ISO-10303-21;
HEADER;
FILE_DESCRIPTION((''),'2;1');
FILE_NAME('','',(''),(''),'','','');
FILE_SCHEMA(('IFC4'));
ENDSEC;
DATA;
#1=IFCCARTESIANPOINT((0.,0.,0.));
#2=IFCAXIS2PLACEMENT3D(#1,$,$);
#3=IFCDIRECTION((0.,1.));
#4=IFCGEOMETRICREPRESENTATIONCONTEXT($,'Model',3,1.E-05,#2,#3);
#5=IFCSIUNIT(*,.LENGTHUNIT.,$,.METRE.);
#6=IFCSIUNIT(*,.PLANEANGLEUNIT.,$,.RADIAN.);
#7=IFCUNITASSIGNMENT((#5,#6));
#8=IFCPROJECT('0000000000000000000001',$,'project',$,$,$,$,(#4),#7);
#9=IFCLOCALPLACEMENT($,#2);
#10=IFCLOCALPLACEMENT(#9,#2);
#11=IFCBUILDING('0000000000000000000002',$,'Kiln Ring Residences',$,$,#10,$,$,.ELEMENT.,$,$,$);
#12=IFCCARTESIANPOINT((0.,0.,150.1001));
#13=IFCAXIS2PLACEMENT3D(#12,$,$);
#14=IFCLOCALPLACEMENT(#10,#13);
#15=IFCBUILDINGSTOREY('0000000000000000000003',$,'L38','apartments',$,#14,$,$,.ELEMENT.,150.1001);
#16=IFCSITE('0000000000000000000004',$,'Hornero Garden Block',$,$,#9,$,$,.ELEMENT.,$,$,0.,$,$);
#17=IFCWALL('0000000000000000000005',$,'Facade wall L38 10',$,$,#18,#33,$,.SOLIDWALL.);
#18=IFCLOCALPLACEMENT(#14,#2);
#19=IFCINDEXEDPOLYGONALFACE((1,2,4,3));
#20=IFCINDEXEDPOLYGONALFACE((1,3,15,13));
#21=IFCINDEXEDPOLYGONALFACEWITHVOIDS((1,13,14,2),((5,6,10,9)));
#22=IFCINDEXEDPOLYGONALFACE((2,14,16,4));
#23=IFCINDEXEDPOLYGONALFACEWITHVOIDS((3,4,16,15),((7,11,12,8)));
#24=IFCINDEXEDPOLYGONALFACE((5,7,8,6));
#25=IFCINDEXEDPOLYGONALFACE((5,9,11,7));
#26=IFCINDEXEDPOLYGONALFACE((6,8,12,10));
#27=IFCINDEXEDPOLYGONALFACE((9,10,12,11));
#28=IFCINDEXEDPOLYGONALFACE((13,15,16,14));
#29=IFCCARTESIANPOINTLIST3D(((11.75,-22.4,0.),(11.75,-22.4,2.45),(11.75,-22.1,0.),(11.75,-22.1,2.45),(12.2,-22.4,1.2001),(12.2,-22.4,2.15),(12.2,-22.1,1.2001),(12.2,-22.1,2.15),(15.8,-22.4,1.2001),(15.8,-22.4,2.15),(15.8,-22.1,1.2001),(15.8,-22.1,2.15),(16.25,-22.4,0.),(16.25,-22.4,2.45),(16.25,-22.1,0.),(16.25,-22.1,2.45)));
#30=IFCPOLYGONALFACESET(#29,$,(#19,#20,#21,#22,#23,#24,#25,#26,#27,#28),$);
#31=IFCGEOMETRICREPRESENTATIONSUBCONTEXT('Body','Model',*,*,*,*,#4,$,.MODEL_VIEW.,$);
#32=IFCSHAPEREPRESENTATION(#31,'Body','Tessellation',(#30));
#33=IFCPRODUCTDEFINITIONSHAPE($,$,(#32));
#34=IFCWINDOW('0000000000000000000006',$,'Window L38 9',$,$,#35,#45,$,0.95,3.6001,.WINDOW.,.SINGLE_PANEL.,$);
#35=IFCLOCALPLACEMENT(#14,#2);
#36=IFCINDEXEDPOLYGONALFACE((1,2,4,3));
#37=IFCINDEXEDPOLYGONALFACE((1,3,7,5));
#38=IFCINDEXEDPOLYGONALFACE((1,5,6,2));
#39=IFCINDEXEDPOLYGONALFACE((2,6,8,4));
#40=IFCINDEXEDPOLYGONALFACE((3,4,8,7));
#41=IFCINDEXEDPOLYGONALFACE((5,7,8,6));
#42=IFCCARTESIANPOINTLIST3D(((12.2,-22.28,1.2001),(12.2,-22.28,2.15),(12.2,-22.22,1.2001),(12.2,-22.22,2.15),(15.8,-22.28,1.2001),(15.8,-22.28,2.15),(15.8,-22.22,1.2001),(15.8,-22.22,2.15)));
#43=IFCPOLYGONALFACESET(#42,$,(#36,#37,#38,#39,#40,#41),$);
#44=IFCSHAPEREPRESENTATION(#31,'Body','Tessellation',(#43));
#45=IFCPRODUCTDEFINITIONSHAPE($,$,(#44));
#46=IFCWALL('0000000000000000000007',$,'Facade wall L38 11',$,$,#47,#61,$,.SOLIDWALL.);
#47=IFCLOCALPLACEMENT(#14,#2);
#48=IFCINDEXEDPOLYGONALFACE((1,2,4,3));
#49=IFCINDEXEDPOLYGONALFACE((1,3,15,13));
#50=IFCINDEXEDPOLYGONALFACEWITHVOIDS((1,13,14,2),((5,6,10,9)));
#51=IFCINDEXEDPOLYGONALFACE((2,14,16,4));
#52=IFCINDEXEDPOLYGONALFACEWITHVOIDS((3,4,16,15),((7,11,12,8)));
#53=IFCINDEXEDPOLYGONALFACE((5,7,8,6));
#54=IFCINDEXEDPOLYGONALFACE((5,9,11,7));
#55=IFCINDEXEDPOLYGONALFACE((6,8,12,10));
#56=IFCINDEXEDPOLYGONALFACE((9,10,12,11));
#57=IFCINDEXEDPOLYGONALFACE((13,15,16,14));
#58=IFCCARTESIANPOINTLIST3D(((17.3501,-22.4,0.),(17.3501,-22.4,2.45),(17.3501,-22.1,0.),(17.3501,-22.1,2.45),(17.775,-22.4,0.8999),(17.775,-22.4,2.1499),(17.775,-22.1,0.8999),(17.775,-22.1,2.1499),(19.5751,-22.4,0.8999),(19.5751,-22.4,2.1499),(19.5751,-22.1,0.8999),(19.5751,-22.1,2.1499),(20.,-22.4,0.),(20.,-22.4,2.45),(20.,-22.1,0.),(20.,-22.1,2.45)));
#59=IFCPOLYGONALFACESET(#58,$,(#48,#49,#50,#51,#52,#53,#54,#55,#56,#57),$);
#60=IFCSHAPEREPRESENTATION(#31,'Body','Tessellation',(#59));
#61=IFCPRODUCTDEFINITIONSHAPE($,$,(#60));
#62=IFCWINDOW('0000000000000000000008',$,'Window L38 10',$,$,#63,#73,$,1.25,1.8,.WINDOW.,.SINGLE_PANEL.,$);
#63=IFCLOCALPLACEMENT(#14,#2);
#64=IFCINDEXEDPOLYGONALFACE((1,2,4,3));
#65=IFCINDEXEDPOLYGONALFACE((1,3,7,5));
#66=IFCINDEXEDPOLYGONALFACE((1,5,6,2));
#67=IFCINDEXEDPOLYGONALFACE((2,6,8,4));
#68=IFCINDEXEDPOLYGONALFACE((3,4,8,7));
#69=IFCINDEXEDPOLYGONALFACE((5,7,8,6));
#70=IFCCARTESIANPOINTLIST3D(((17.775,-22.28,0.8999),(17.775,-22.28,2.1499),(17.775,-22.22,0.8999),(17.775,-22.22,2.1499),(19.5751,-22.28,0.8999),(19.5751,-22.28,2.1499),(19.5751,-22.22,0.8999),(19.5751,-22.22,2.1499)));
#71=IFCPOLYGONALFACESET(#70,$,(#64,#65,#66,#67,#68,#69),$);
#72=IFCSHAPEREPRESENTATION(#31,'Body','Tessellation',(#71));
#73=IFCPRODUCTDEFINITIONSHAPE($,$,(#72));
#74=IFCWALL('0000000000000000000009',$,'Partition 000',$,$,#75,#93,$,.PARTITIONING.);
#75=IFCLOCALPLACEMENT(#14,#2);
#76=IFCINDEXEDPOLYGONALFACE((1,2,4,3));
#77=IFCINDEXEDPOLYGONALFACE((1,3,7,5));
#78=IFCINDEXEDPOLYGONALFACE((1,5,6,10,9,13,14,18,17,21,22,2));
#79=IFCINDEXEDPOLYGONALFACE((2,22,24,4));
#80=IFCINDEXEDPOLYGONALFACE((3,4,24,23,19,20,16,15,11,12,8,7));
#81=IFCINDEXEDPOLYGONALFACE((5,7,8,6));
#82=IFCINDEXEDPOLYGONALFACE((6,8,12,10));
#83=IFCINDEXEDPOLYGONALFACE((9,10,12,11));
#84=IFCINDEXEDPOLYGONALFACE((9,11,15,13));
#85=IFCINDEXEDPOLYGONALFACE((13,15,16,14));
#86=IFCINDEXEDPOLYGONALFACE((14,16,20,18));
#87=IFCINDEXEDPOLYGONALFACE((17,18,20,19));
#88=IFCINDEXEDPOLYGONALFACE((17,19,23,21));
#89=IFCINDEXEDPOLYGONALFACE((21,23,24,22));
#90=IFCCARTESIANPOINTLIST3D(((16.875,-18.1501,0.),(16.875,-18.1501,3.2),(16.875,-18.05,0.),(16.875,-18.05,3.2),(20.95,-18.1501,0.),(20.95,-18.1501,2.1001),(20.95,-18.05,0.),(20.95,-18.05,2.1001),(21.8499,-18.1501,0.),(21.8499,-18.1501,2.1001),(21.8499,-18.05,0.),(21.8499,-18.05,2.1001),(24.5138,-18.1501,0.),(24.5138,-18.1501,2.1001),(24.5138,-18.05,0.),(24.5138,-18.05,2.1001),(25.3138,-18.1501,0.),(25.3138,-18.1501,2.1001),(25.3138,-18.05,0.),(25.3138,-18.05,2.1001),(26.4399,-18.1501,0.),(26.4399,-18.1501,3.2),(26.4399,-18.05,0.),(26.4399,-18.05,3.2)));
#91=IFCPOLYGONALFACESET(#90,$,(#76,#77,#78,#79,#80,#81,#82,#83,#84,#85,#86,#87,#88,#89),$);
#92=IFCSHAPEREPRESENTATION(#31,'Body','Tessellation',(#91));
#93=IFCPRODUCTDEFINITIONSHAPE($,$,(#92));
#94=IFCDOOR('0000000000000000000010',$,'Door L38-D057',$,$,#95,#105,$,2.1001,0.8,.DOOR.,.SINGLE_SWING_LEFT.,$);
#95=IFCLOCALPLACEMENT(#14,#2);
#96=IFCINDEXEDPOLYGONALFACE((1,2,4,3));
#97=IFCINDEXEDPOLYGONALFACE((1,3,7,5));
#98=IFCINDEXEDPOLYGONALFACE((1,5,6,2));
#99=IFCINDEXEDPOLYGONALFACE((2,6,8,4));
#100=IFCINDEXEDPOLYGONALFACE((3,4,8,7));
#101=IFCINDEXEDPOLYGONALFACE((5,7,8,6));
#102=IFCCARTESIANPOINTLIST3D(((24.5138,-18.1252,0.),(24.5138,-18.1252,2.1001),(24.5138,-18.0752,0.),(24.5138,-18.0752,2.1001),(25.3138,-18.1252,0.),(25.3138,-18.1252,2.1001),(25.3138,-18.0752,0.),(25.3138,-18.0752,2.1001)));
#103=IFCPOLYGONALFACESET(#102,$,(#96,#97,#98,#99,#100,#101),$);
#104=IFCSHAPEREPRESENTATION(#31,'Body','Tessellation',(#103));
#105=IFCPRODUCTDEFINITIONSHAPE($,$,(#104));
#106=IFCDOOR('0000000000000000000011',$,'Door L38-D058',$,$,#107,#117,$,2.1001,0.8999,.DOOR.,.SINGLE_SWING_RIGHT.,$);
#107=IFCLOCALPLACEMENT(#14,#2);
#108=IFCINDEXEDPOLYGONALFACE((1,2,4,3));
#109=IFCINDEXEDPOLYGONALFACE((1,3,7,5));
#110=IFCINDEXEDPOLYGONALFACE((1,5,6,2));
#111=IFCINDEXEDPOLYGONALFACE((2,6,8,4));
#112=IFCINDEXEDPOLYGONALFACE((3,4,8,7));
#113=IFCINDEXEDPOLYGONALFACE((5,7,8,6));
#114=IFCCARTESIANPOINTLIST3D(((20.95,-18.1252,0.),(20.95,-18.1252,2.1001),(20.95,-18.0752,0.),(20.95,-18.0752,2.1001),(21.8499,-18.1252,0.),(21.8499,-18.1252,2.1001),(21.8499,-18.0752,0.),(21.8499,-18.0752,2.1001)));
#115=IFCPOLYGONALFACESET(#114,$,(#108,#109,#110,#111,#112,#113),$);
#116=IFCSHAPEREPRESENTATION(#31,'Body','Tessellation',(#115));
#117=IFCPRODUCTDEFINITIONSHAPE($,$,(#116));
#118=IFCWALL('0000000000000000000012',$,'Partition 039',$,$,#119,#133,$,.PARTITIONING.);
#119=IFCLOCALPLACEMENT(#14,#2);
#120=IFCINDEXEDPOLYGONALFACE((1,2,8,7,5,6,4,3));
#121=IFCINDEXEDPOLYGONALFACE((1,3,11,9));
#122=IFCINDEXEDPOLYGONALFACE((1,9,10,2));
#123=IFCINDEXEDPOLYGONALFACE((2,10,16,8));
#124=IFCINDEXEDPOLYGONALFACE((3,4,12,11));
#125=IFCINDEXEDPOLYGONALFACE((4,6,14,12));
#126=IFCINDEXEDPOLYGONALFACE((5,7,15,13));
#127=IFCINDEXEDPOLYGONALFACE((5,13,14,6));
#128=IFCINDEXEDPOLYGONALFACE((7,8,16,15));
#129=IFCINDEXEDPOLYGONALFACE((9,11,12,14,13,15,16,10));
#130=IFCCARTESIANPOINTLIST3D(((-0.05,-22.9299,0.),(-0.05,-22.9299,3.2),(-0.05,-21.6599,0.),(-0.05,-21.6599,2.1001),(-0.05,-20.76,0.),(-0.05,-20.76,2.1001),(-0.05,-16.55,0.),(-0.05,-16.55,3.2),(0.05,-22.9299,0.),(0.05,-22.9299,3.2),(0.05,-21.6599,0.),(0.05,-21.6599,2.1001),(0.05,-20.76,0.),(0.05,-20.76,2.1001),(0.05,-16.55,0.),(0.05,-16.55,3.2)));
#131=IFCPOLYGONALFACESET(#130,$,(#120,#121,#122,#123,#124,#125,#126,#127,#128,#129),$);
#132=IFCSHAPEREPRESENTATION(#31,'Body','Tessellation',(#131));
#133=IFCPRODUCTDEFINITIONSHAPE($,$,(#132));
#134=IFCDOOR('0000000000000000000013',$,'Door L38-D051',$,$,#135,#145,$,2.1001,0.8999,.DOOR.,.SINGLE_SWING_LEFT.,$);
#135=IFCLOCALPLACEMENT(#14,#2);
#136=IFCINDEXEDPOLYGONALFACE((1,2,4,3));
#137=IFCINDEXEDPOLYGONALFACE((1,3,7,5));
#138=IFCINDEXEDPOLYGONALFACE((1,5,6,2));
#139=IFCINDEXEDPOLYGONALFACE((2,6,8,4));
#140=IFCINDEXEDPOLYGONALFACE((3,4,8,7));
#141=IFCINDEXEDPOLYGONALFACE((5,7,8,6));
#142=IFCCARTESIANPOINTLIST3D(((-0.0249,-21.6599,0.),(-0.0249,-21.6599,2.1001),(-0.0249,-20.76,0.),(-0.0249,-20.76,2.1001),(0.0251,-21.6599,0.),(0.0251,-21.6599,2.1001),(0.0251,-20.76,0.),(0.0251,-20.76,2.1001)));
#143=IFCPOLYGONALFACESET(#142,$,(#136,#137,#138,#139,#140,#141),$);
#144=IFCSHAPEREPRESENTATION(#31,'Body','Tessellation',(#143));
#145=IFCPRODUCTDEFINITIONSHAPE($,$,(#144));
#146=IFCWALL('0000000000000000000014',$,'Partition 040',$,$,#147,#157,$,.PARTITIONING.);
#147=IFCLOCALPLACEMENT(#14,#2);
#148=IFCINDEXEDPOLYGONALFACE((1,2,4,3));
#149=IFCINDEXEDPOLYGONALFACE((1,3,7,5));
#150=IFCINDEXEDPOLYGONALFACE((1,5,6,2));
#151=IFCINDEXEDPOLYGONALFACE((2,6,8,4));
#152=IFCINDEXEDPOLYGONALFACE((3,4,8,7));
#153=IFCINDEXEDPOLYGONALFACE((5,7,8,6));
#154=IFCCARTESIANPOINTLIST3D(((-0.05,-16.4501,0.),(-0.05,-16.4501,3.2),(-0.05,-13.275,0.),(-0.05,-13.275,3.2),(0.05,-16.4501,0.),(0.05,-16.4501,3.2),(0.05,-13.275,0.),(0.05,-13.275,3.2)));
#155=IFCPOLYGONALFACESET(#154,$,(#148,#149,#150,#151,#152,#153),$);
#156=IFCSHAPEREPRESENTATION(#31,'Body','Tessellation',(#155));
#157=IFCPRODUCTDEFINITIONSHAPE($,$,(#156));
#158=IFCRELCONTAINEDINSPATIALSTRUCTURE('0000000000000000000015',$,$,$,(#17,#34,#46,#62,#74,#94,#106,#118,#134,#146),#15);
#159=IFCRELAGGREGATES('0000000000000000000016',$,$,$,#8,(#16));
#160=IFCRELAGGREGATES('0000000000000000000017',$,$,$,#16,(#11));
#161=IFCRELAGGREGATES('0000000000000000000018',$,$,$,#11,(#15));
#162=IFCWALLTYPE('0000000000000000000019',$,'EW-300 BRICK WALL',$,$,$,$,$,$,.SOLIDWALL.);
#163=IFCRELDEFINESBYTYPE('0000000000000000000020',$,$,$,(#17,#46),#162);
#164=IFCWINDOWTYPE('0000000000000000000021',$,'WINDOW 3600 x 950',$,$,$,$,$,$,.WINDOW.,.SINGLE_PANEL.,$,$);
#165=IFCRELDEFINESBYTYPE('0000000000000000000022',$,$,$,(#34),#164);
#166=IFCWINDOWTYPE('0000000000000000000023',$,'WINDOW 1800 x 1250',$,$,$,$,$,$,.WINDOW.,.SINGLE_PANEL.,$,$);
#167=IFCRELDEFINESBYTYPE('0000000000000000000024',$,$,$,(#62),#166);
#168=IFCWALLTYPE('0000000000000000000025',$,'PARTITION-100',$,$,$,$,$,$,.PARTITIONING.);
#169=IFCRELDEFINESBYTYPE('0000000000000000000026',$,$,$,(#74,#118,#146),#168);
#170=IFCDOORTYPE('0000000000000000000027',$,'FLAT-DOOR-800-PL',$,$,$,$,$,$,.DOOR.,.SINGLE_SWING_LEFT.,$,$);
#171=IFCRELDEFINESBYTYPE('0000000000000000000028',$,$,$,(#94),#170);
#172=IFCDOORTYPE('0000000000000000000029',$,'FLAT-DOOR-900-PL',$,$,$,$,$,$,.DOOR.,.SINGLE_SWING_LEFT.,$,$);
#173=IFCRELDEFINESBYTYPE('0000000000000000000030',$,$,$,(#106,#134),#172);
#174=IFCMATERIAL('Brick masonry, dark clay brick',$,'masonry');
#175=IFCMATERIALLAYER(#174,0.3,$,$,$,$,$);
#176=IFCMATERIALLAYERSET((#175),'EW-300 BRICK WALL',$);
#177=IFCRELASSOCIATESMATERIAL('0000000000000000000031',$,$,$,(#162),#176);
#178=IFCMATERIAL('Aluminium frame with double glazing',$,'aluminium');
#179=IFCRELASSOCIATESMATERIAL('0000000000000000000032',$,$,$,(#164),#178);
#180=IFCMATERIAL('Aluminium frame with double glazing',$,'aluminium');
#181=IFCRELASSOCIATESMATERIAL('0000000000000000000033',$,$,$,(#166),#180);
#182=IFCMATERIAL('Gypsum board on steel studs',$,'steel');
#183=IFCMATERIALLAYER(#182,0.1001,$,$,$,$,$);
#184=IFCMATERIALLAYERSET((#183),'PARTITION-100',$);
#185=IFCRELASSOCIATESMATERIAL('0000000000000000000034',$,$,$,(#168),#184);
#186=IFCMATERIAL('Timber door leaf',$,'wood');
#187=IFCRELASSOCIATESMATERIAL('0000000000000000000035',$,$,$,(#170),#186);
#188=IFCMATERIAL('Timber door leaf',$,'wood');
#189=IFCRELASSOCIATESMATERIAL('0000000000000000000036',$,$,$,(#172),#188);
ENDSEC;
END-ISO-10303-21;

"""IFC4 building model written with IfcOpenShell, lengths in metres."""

from ifc_helpers import new_model, si_unit, direction, frame, frame_2d, origin, place, context, subcontext, project, spatial, rectangle, extrude, material, layer, layer_set, type_object, element, fill, save


model = new_model("IFC4")

# Units and contexts
model_context = context("Model", 3, precision=1e-05, world=origin(), true_north=direction((0.0, 1.0)))
body_context = subcontext(model_context, "Body", "Model", "MODEL_VIEW")
ifc_project = project(units=[si_unit("LENGTHUNIT", "METRE"), si_unit("PLANEANGLEUNIT", "RADIAN")], contexts=[model_context])

# Site, building, storey
site_placement = place(None, origin())
site = spatial("IfcSite", under=ifc_project, at=site_placement, Name="Hornero Garden Block", CompositionType="ELEMENT", RefElevation=0.0)
building_placement = place(site_placement, origin())
building = spatial("IfcBuilding", under=site, at=building_placement, Name="Kiln Ring Residences", CompositionType="ELEMENT")
storey_placement = place(building_placement, frame((0.0, 0.0, 150.1001)))
storey = spatial("IfcBuildingStorey", under=building, at=storey_placement, Name="L38", Description="apartments", CompositionType="ELEMENT", Elevation=150.1001)

# Walls, openings, windows
ifc_material_1 = material(Name="Brick masonry, dark clay brick", Category="masonry")
ifc_layer_1 = layer(ifc_material_1, 0.3)
ifc_layer_set_1 = layer_set([ifc_layer_1], Name="EW-300 BRICK WALL")
wall_type_1 = type_object("IfcWallType", Name="EW-300 BRICK WALL", PredefinedType="SOLIDWALL", material=ifc_layer_set_1)
ifc_material_2 = material(Name="Aluminium frame with double glazing", Category="aluminium")
window_type_1 = type_object("IfcWindowType", Name="WINDOW 3600 x 950", PartitioningType="SINGLE_PANEL", PredefinedType="WINDOW", material=ifc_material_2)
wall_1_placement = place(storey_placement, frame((11.75, -22.25, 0.0), z_axis=(0.0, 0.0, 1.0), x_axis=(1.0, 0.0, 0.0)))
wall_1 = element("IfcWall", 1, at=wall_1_placement, inside=storey, type_object=wall_type_1, Name="Facade wall L38 10", PredefinedType="SOLIDWALL", context=body_context, shape_type="SweptSolid", body=[
    extrude(rectangle(XDim=4.5, YDim=0.3, at=frame_2d((2.25, 0.0))), origin(), (0.0, 0.0, 1.0), 2.45),
])
opening_1_placement = place(wall_1_placement, frame((0.45, 0.0, 1.2)))
opening_1 = element("IfcOpeningElement", 2, at=opening_1_placement, cuts=wall_1, PredefinedType="OPENING", context=body_context, shape_type="SweptSolid", body=[
    extrude(rectangle(XDim=3.6001, YDim=0.95, at=frame_2d((1.8, 0.4751))), frame((0.0, 0.1599, 0.0), z_axis=(0.0, -1.0, 0.0), x_axis=(1.0, 0.0, 0.0)), (0.0, 0.0, 1.0), 0.3201),
])
window_1_placement = place(opening_1_placement, origin())
window_1 = element("IfcWindow", 3, at=window_1_placement, inside=storey, type_object=window_type_1, Name="Window L38 9", OverallHeight=0.95, OverallWidth=3.6001, PartitioningType="SINGLE_PANEL", PredefinedType="WINDOW", context=body_context, shape_type="SweptSolid", body=[
    extrude(rectangle(XDim=3.6001, YDim=0.95, at=frame_2d((1.8, 0.4751))), frame((0.0, 0.03, 0.0), z_axis=(0.0, -1.0, 0.0), x_axis=(1.0, 0.0, 0.0)), (0.0, 0.0, 1.0), 0.0601),
])
fill(opening_1, window_1)
wall_2_placement = place(storey_placement, frame((17.3501, -22.25, 0.0), z_axis=(0.0, 0.0, 1.0), x_axis=(1.0, 0.0, 0.0)))
wall_2 = element("IfcWall", 4, at=wall_2_placement, inside=storey, type_object=wall_type_1, Name="Facade wall L38 11", PredefinedType="SOLIDWALL", context=body_context, shape_type="SweptSolid", body=[
    extrude(rectangle(XDim=2.6499, YDim=0.3, at=frame_2d((1.325, 0.0))), origin(), (0.0, 0.0, 1.0), 2.45),
])
opening_2_placement = place(wall_2_placement, frame((0.425, 0.0, 0.8999)))
opening_2 = element("IfcOpeningElement", 5, at=opening_2_placement, cuts=wall_2, PredefinedType="OPENING", context=body_context, shape_type="SweptSolid", body=[
    extrude(rectangle(XDim=1.8, YDim=1.25, at=frame_2d((0.8999, 0.625))), frame((0.0, 0.1599, 0.0), z_axis=(0.0, -1.0, 0.0), x_axis=(1.0, 0.0, 0.0)), (0.0, 0.0, 1.0), 0.3201),
])
ifc_material_3 = material(Name="Aluminium frame with double glazing", Category="aluminium")
window_type_2 = type_object("IfcWindowType", Name="WINDOW 1800 x 1250", PartitioningType="SINGLE_PANEL", PredefinedType="WINDOW", material=ifc_material_3)
window_2_placement = place(opening_2_placement, origin())
window_2 = element("IfcWindow", 6, at=window_2_placement, inside=storey, type_object=window_type_2, Name="Window L38 10", OverallHeight=1.25, OverallWidth=1.8, PartitioningType="SINGLE_PANEL", PredefinedType="WINDOW", context=body_context, shape_type="SweptSolid", body=[
    extrude(rectangle(XDim=1.8, YDim=1.25, at=frame_2d((0.8999, 0.625))), frame((0.0, 0.03, 0.0), z_axis=(0.0, -1.0, 0.0), x_axis=(1.0, 0.0, 0.0)), (0.0, 0.0, 1.0), 0.0601),
])
fill(opening_2, window_2)

# Wall, openings, doors
ifc_material_4 = material(Name="Gypsum board on steel studs", Category="steel")
ifc_layer_2 = layer(ifc_material_4, 0.1001)
ifc_layer_set_2 = layer_set([ifc_layer_2], Name="PARTITION-100")
wall_type_2 = type_object("IfcWallType", Name="PARTITION-100", PredefinedType="PARTITIONING", material=ifc_layer_set_2)
wall_3_placement = place(storey_placement, frame((16.875, -18.1001, 0.0), z_axis=(0.0, 0.0, 1.0), x_axis=(1.0, 0.0, 0.0)))
wall_3 = element("IfcWall", 7, at=wall_3_placement, inside=storey, type_object=wall_type_2, Name="Partition 000", PredefinedType="PARTITIONING", context=body_context, shape_type="SweptSolid", body=[
    extrude(rectangle(XDim=9.5649, YDim=0.1001, at=frame_2d((4.7825, 0.0))), origin(), (0.0, 0.0, 1.0), 3.2),
])
opening_3_placement = place(wall_3_placement, frame((7.6389, 0.0, 0.0)))
opening_3 = element("IfcOpeningElement", 8, at=opening_3_placement, cuts=wall_3, PredefinedType="OPENING", context=body_context, shape_type="SweptSolid", body=[
    extrude(rectangle(XDim=0.8, YDim=2.1001, at=frame_2d((0.3999, 1.05))), frame((0.0, 0.0601, 0.0), z_axis=(0.0, -1.0, 0.0), x_axis=(1.0, 0.0, 0.0)), (0.0, 0.0, 1.0), 0.1201),
])
opening_4_placement = place(wall_3_placement, frame((4.075, 0.0, 0.0)))
opening_4 = element("IfcOpeningElement", 9, at=opening_4_placement, cuts=wall_3, PredefinedType="OPENING", context=body_context, shape_type="SweptSolid", body=[
    extrude(rectangle(XDim=0.8999, YDim=2.1001, at=frame_2d((0.45, 1.05))), frame((0.0, 0.0601, 0.0), z_axis=(0.0, -1.0, 0.0), x_axis=(1.0, 0.0, 0.0)), (0.0, 0.0, 1.0), 0.1201),
])
ifc_material_5 = material(Name="Timber door leaf", Category="wood")
door_type_1 = type_object("IfcDoorType", Name="FLAT-DOOR-800-PL", OperationType="SINGLE_SWING_LEFT", PredefinedType="DOOR", material=ifc_material_5)
door_1_placement = place(opening_3_placement, origin())
door_1 = element("IfcDoor", 10, at=door_1_placement, inside=storey, type_object=door_type_1, Name="Door L38-D057", OperationType="SINGLE_SWING_LEFT", OverallHeight=2.1001, OverallWidth=0.8, PredefinedType="DOOR", context=body_context, shape_type="SweptSolid", body=[
    extrude(rectangle(XDim=0.8, YDim=2.1001, at=frame_2d((0.3999, 1.05))), frame((0.0, 0.0249, 0.0), z_axis=(0.0, -1.0, 0.0), x_axis=(1.0, 0.0, 0.0)), (0.0, 0.0, 1.0), 0.05),
])
fill(opening_3, door_1)
ifc_material_6 = material(Name="Timber door leaf", Category="wood")
door_type_2 = type_object("IfcDoorType", Name="FLAT-DOOR-900-PL", OperationType="SINGLE_SWING_LEFT", PredefinedType="DOOR", material=ifc_material_6)
door_2_placement = place(opening_4_placement, origin())
door_2 = element("IfcDoor", 11, at=door_2_placement, inside=storey, type_object=door_type_2, Name="Door L38-D058", OperationType="SINGLE_SWING_RIGHT", OverallHeight=2.1001, OverallWidth=0.8999, PredefinedType="DOOR", context=body_context, shape_type="SweptSolid", body=[
    extrude(rectangle(XDim=0.8999, YDim=2.1001, at=frame_2d((0.45, 1.05))), frame((0.0, 0.0249, 0.0), z_axis=(0.0, -1.0, 0.0), x_axis=(1.0, 0.0, 0.0)), (0.0, 0.0, 1.0), 0.05),
])
fill(opening_4, door_2)

# Wall, opening, door
wall_4_placement = place(storey_placement, frame((0.0, -22.9299, 0.0), z_axis=(0.0, 0.0, 1.0), x_axis=(0.0, 1.0, 0.0)))
wall_4 = element("IfcWall", 12, at=wall_4_placement, inside=storey, type_object=wall_type_2, Name="Partition 039", PredefinedType="PARTITIONING", context=body_context, shape_type="SweptSolid", body=[
    extrude(rectangle(XDim=6.3799, YDim=0.1001, at=frame_2d((3.1899, 0.0))), origin(), (0.0, 0.0, 1.0), 3.2),
])
opening_5_placement = place(wall_4_placement, frame((1.27, 0.0, 0.0)))
opening_5 = element("IfcOpeningElement", 13, at=opening_5_placement, cuts=wall_4, PredefinedType="OPENING", context=body_context, shape_type="SweptSolid", body=[
    extrude(rectangle(XDim=0.8999, YDim=2.1001, at=frame_2d((0.45, 1.05))), frame((0.0, 0.0601, 0.0), z_axis=(0.0, -1.0, 0.0), x_axis=(1.0, 0.0, 0.0)), (0.0, 0.0, 1.0), 0.1201),
])
door_3_placement = place(opening_5_placement, origin())
door_3 = element("IfcDoor", 14, at=door_3_placement, inside=storey, type_object=door_type_2, Name="Door L38-D051", OperationType="SINGLE_SWING_LEFT", OverallHeight=2.1001, OverallWidth=0.8999, PredefinedType="DOOR", context=body_context, shape_type="SweptSolid", body=[
    extrude(rectangle(XDim=0.8999, YDim=2.1001, at=frame_2d((0.45, 1.05))), frame((0.0, 0.0249, 0.0), z_axis=(0.0, -1.0, 0.0), x_axis=(1.0, 0.0, 0.0)), (0.0, 0.0, 1.0), 0.05),
])
fill(opening_5, door_3)

# Wall
wall_5_placement = place(storey_placement, frame((0.0, -16.45, 0.0), z_axis=(0.0, 0.0, 1.0), x_axis=(0.0, 1.0, 0.0)))
element("IfcWall", 15, at=wall_5_placement, inside=storey, type_object=wall_type_2, Name="Partition 040", PredefinedType="PARTITIONING", context=body_context, shape_type="SweptSolid", body=[
    extrude(rectangle(XDim=3.175, YDim=0.1001, at=frame_2d((1.5874, 0.0))), origin(), (0.0, 0.0, 1.0), 3.2),
])

save(model, "model.ifc")
